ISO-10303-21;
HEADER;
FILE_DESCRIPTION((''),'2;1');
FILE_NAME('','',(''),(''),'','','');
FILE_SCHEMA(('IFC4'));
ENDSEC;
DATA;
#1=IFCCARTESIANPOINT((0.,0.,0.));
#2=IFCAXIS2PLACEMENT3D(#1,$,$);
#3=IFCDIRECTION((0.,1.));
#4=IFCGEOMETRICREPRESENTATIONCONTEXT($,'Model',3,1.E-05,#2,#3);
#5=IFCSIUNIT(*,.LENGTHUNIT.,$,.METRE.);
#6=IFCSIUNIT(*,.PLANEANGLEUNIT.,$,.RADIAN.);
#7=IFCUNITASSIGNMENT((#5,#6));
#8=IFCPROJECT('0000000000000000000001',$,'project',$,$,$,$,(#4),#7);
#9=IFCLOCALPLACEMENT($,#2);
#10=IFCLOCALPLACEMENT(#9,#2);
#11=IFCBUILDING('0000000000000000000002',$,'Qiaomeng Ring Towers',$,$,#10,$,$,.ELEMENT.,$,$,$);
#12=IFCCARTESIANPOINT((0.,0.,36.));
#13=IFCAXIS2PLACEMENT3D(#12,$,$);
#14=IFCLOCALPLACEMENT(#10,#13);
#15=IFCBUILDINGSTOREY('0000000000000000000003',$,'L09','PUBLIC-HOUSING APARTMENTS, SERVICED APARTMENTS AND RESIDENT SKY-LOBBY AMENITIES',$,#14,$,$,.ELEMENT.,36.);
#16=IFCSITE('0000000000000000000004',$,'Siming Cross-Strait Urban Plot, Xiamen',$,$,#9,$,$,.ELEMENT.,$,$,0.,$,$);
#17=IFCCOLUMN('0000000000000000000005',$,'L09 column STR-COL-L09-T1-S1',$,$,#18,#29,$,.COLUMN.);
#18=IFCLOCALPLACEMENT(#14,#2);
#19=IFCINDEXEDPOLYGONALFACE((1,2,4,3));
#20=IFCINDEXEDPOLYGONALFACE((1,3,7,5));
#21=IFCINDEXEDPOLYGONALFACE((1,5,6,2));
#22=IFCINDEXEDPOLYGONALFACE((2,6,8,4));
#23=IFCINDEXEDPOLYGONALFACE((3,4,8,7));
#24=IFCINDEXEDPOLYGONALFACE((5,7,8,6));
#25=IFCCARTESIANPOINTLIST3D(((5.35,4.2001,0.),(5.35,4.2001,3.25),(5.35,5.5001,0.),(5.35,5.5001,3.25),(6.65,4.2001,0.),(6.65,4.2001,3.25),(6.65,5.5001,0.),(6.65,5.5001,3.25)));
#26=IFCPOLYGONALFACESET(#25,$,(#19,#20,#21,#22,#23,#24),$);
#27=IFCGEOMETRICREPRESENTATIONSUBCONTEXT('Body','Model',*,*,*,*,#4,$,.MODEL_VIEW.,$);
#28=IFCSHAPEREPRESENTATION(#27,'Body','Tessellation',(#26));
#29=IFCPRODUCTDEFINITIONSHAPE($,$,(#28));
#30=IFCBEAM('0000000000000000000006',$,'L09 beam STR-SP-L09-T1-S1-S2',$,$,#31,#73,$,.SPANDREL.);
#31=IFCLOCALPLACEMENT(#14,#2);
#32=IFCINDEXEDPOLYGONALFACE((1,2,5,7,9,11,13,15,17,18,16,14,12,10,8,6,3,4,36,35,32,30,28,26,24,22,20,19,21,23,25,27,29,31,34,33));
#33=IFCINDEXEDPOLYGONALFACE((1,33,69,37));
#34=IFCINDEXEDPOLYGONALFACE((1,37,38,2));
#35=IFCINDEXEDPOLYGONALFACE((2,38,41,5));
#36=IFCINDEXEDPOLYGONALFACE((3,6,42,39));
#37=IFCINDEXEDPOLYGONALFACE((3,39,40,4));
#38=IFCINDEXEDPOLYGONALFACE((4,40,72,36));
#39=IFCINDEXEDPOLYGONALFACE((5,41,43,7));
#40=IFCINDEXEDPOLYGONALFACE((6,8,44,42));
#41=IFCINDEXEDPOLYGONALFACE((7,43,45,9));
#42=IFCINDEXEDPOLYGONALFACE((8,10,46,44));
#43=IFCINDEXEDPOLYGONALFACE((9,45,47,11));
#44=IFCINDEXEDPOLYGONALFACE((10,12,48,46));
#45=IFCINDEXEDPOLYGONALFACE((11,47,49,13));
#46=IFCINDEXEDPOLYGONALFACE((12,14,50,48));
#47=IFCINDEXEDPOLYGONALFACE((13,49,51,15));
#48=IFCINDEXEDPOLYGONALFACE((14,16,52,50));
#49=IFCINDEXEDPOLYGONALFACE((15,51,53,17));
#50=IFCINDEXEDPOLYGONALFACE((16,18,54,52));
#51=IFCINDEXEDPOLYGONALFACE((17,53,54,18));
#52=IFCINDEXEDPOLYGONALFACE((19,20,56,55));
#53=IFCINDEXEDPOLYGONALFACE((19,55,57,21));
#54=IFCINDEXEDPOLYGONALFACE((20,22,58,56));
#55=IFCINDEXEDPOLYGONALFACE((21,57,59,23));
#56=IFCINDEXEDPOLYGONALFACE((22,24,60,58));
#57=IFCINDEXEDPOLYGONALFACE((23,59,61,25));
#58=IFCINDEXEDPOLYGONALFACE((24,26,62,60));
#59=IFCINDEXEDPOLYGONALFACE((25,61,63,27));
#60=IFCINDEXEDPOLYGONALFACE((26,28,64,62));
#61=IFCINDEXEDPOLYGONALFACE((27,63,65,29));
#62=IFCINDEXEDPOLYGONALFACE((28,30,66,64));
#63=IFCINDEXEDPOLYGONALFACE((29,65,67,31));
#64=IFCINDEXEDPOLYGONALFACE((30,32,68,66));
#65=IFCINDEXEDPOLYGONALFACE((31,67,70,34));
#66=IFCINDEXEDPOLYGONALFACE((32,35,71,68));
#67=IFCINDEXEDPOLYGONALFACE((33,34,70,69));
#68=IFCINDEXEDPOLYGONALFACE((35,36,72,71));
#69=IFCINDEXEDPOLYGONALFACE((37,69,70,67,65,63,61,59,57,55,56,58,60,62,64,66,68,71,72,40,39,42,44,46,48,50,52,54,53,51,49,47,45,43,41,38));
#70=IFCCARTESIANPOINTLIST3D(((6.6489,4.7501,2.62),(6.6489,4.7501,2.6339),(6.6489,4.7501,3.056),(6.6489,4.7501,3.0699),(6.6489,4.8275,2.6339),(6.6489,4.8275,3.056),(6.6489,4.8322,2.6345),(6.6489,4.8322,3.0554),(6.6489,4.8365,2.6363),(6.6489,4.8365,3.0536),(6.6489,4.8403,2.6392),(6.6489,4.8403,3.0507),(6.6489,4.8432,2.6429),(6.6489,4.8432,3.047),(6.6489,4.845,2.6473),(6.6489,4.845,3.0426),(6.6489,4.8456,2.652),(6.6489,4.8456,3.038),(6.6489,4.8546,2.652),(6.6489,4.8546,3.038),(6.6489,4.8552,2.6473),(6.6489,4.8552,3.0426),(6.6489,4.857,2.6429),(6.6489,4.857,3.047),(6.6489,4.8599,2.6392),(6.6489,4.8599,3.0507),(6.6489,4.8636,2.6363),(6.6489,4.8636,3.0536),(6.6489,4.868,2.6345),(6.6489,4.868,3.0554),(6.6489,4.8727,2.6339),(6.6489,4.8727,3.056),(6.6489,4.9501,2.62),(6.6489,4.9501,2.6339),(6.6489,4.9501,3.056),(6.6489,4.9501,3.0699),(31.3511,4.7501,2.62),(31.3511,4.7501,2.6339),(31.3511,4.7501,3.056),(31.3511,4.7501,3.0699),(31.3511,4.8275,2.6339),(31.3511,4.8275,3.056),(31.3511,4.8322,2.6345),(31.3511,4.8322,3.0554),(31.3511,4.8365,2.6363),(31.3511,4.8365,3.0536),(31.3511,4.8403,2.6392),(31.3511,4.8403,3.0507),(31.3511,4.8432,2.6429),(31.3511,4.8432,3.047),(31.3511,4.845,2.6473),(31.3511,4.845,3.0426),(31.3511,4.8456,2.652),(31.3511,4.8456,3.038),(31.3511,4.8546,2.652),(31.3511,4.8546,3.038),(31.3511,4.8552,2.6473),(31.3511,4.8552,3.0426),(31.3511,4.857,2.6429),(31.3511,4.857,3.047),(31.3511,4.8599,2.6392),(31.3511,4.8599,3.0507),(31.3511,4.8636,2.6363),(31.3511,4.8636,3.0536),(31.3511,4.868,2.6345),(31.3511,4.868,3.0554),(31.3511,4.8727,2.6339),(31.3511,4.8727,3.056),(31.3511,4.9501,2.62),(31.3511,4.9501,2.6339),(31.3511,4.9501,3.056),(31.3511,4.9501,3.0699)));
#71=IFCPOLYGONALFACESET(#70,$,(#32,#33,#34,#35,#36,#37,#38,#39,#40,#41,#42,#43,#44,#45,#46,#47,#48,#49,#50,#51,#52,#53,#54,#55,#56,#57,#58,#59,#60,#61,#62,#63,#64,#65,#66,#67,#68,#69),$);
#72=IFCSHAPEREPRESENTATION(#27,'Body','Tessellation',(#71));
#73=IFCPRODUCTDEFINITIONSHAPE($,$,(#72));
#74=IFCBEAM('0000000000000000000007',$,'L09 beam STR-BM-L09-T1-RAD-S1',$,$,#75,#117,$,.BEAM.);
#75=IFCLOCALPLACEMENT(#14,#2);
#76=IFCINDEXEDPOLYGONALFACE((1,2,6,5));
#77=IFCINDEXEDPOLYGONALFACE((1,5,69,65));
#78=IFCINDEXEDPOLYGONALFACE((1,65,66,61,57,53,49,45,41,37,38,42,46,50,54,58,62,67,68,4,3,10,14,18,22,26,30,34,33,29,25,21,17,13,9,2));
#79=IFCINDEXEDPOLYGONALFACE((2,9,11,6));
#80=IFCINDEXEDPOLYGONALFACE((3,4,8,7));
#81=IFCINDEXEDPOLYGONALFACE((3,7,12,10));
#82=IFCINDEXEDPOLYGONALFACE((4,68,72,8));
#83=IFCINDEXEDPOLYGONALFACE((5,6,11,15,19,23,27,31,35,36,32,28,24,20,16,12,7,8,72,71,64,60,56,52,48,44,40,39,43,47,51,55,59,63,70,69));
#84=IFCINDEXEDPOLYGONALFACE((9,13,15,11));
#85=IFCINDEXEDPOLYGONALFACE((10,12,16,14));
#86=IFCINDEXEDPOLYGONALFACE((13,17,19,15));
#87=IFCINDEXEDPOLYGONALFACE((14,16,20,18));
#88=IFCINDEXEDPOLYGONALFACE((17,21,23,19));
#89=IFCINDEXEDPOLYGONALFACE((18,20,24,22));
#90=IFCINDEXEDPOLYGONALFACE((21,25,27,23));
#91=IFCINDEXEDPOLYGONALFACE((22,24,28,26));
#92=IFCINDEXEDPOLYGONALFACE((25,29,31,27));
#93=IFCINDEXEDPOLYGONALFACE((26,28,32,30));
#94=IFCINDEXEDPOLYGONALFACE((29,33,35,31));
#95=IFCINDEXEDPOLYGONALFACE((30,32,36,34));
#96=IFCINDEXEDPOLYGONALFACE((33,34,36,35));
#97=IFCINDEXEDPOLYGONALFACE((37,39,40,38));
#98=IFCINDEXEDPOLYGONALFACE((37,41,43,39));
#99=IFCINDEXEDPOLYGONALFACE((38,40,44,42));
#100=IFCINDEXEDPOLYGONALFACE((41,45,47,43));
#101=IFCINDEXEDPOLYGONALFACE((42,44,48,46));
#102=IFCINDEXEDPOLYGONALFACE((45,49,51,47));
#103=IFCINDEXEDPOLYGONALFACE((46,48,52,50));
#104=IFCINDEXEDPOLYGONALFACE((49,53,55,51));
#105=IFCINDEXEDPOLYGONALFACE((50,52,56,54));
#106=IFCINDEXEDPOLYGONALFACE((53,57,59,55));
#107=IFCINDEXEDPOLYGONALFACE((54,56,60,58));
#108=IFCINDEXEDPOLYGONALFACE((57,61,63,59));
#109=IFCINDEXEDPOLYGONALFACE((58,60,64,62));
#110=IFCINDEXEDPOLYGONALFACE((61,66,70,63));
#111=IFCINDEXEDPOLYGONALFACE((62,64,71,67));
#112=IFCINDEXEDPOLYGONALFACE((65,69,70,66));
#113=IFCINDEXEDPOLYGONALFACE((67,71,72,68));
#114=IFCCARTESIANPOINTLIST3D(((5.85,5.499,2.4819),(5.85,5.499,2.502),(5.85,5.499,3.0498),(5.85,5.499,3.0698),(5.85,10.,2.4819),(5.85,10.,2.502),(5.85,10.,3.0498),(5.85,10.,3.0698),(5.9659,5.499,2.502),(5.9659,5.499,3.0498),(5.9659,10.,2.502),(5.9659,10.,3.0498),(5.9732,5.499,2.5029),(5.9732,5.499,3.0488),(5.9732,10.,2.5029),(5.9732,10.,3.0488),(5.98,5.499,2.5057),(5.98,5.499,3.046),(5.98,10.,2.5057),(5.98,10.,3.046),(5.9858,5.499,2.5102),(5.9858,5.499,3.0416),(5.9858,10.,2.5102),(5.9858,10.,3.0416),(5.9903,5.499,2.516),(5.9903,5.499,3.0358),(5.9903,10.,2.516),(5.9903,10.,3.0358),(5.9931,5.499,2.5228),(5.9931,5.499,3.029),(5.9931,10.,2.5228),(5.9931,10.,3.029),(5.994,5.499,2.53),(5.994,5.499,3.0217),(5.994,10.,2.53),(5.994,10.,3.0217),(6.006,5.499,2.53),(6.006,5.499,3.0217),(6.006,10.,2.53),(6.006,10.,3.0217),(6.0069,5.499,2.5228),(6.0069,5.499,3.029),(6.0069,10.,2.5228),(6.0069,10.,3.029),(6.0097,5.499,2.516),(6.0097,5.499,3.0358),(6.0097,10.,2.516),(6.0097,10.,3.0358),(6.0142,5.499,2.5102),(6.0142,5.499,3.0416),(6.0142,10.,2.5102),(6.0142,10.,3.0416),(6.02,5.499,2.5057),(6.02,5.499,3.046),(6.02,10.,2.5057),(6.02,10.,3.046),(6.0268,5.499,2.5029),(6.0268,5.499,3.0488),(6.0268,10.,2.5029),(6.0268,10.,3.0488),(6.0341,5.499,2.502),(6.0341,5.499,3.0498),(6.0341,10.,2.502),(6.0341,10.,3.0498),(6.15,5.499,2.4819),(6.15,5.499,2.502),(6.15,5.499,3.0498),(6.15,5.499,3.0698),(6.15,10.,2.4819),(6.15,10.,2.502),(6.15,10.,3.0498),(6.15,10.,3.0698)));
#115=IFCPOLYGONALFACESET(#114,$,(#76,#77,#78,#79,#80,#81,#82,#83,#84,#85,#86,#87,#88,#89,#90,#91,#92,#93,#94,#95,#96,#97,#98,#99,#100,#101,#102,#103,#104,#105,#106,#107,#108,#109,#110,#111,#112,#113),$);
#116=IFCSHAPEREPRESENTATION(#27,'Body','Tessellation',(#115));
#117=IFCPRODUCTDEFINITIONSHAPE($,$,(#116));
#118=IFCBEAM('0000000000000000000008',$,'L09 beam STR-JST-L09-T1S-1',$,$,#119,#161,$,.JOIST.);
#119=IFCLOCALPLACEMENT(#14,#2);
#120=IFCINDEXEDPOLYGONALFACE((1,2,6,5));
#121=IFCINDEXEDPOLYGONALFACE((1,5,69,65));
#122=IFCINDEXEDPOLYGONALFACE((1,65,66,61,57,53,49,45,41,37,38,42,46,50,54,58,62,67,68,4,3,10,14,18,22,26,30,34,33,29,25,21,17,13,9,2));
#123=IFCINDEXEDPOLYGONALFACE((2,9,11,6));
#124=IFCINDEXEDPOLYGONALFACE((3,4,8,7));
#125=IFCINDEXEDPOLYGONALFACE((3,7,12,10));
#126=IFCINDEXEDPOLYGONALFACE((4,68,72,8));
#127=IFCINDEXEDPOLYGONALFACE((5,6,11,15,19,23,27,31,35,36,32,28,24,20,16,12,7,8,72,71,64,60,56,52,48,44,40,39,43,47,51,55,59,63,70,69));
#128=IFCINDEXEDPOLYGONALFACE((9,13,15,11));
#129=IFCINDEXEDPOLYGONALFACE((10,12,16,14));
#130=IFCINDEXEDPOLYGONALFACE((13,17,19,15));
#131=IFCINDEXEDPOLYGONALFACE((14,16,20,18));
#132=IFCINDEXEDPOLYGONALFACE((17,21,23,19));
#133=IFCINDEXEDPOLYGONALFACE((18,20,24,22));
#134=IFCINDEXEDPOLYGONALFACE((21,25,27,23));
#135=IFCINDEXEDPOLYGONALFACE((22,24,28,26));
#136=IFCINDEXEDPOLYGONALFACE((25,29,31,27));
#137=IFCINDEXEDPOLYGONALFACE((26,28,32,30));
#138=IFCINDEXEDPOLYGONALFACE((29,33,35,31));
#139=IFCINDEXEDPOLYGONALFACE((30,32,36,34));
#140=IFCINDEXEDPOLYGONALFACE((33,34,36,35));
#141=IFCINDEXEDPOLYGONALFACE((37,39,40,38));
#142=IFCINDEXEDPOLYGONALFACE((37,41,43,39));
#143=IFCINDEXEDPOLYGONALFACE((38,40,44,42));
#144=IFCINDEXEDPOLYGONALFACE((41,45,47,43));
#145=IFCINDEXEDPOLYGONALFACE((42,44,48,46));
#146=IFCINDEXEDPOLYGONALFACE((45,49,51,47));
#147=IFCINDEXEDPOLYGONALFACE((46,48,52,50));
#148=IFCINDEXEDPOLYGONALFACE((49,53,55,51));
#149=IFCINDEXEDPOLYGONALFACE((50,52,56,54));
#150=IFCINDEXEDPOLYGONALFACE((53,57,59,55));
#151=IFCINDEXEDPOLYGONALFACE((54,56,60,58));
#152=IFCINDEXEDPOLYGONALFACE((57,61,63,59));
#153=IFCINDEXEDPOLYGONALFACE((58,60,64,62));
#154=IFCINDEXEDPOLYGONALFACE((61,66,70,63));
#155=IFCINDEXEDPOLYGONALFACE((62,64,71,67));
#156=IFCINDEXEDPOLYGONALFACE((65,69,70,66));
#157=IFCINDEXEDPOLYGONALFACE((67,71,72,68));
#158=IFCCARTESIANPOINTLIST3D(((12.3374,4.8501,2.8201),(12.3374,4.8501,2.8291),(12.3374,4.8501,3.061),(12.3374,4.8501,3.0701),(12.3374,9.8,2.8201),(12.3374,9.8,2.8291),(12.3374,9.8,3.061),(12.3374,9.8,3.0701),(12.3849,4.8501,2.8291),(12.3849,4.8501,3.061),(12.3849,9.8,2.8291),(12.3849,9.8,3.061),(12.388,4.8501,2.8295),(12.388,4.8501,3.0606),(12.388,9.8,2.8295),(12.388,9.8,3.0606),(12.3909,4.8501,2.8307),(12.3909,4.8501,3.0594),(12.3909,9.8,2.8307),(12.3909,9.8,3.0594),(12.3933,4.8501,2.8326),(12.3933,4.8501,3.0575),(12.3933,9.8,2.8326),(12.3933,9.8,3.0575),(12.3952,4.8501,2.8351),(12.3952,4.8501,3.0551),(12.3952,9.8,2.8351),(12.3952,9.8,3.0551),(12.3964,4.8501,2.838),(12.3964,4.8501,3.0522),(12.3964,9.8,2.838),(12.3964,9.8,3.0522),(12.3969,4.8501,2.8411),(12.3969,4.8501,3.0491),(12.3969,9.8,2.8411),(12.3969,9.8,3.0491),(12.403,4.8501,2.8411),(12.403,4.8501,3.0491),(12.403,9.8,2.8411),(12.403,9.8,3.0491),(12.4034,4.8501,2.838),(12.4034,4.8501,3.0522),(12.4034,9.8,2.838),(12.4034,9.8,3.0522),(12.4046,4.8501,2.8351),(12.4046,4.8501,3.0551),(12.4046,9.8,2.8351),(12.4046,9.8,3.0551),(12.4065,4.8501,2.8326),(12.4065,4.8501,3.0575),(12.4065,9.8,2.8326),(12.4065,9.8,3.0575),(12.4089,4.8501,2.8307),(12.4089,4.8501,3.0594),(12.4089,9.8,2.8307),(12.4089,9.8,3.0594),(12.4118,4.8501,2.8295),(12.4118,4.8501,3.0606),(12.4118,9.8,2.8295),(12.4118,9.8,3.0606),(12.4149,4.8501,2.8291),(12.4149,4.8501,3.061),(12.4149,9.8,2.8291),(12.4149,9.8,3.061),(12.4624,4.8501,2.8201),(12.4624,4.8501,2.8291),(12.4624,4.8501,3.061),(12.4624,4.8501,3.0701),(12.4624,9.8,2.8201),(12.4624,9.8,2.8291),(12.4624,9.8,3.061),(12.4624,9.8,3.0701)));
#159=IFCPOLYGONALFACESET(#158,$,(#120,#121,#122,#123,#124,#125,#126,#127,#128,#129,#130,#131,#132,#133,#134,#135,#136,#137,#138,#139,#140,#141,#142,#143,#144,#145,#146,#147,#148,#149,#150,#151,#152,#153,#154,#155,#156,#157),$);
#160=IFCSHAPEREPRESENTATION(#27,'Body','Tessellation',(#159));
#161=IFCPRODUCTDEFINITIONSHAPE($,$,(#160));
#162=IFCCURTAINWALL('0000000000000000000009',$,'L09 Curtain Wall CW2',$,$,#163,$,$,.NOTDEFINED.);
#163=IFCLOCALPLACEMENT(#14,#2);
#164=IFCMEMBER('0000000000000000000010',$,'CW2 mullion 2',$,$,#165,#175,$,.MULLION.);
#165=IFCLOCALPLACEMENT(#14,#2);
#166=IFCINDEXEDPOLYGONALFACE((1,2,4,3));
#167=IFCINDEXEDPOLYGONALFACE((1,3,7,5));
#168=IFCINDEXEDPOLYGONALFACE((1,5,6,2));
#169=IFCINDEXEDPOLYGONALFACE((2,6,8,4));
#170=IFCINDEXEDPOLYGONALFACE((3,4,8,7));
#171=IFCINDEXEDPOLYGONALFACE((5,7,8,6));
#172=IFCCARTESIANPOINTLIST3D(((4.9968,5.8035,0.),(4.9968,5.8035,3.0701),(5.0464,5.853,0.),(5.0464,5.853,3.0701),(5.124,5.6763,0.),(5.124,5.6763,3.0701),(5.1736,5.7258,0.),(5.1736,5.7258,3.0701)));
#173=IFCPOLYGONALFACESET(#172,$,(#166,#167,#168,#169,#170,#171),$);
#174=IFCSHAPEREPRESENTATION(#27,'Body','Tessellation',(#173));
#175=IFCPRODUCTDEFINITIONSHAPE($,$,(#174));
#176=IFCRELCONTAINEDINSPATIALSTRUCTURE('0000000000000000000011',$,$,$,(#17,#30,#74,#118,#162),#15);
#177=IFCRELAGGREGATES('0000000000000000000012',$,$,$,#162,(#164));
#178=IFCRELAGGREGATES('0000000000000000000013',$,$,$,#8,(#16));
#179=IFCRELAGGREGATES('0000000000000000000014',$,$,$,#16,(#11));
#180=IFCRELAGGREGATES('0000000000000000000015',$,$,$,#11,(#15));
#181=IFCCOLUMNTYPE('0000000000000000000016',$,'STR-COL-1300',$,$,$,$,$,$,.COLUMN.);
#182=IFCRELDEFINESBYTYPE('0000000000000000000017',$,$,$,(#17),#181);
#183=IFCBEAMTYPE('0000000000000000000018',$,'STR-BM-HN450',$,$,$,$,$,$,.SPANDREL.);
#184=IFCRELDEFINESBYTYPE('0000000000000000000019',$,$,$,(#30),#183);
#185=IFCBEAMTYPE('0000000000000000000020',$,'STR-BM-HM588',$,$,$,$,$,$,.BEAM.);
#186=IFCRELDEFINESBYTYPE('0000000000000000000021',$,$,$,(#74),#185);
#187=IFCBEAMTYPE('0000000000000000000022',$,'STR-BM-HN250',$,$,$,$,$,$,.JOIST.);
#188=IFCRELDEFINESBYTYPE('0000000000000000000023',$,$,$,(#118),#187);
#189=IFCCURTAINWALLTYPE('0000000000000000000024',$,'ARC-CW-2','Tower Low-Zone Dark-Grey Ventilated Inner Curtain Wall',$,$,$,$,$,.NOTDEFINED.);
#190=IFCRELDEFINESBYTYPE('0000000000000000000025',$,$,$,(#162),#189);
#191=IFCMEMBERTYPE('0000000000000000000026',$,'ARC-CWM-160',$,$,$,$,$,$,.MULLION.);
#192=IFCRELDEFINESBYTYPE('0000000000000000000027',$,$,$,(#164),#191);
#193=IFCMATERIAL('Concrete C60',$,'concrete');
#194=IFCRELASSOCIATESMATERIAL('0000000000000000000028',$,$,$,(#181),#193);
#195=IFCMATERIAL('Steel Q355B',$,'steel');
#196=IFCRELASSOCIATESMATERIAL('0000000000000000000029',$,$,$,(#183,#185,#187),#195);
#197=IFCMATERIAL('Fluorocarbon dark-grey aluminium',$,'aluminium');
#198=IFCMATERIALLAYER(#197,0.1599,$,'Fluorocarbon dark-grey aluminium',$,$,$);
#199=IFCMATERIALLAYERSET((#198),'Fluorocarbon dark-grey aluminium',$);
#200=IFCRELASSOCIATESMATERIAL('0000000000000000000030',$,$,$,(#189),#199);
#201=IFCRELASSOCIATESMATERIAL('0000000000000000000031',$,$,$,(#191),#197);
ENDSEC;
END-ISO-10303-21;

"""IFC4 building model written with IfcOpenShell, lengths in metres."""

from ifc_helpers import new_model, si_unit, direction, frame, origin, origin_2d, place, context, subcontext, project, spatial, rectangle, i_section, extrude, source, transform, mapped, material, layer, layer_set, material_profile, profile_set, type_object, element, aggregate, save


model = new_model("IFC4")

# Units and contexts
model_context = context("Model", 3, precision=1e-05, world=origin(), true_north=direction((0.0, 1.0)))
body_context = subcontext(model_context, "Body", "Model", "MODEL_VIEW")
ifc_project = project(units=[si_unit("LENGTHUNIT", "METRE"), si_unit("PLANEANGLEUNIT", "RADIAN")], contexts=[model_context])

# Site, building, storey
site_placement = place(None, origin())
site = spatial("IfcSite", under=ifc_project, at=site_placement, Name="Siming Cross-Strait Urban Plot, Xiamen", CompositionType="ELEMENT", RefElevation=0.0)
building_placement = place(site_placement, origin())
building = spatial("IfcBuilding", under=site, at=building_placement, Name="Qiaomeng Ring Towers", CompositionType="ELEMENT")
storey_placement = place(building_placement, frame((0.0, 0.0, 36.0)))
storey = spatial("IfcBuildingStorey", under=building, at=storey_placement, Name="L09", Description="PUBLIC-HOUSING APARTMENTS, SERVICED APARTMENTS AND RESIDENT SKY-LOBBY AMENITIES", CompositionType="ELEMENT", Elevation=36.0)

# Column
ifc_material_1 = material(Name="Concrete C60", Category="concrete")
ifc_material_profile_1 = material_profile(ifc_material_1, rectangle(XDim=1.3, YDim=1.3, at=origin_2d()), Name="RC COL 1300x1300")
ifc_profile_set_1 = profile_set([ifc_material_profile_1], Name="Concrete C60")
column_type = type_object("IfcColumnType", Name="STR-COL-1300", PredefinedType="COLUMN", material=ifc_profile_set_1)
shared_shape_1 = source(origin(), body_context, "Body", "SweptSolid", [
    extrude(rectangle(XDim=1.3, YDim=1.3, at=origin_2d()), origin(), (0.0, 0.0, 1.0), 3.25),
])
column_placement = place(storey_placement, frame((6.0, 4.8501, 0.0), z_axis=(0.0, 0.0, 1.0), x_axis=(1.0, 0.0, 0.0)))
element("IfcColumn", 1, at=column_placement, inside=storey, type_object=column_type, Name="L09 column STR-COL-L09-T1-S1", PredefinedType="COLUMN", context=body_context, shape_type="MappedRepresentation", body=[
    mapped(shared_shape_1, transform((0.0, 0.0, 0.0), x_axis=(1.0, 0.0, 0.0), y_axis=(0.0, 1.0, 0.0), z_axis=(0.0, 0.0, 1.0), scale=1.0)),
])

# Beams
ifc_material_2 = material(Name="Steel Q355B", Category="steel")
ifc_material_profile_2 = material_profile(ifc_material_2, i_section(OverallWidth=0.2, OverallDepth=0.45, WebThickness=0.009, FlangeThickness=0.0139, FilletRadius=0.0181, at=origin_2d()), Name="HN 450x200x9x14")
ifc_profile_set_2 = profile_set([ifc_material_profile_2], Name="Steel Q355B")
beam_type_1 = type_object("IfcBeamType", Name="STR-BM-HN450", PredefinedType="SPANDREL", material=ifc_profile_set_2)
shared_shape_2 = source(origin(), body_context, "Body", "SweptSolid", [
    extrude(i_section(OverallWidth=0.2, OverallDepth=0.45, WebThickness=0.009, FlangeThickness=0.0139, FilletRadius=0.0181, at=origin_2d()), origin(), (0.0, 0.0, 1.0), 24.7021),
])
beam_1_placement = place(storey_placement, frame((6.6489, 4.8501, 2.845), z_axis=(1.0, 0.0, 0.0), x_axis=(0.0, 1.0, 0.0)))
element("IfcBeam", 2, at=beam_1_placement, inside=storey, type_object=beam_type_1, Name="L09 beam STR-SP-L09-T1-S1-S2", PredefinedType="SPANDREL", context=body_context, shape_type="MappedRepresentation", body=[
    mapped(shared_shape_2, transform((0.0, 0.0, 0.0), x_axis=(1.0, 0.0, 0.0), y_axis=(0.0, 1.0, 0.0), z_axis=(0.0, 0.0, 1.0), scale=1.0)),
])
ifc_material_profile_3 = material_profile(ifc_material_2, i_section(OverallWidth=0.3, OverallDepth=0.5879, WebThickness=0.012, FlangeThickness=0.02, FilletRadius=0.0281, at=origin_2d()), Name="HM 588x300x12x20")
ifc_profile_set_3 = profile_set([ifc_material_profile_3], Name="Steel Q355B")
beam_type_2 = type_object("IfcBeamType", Name="STR-BM-HM588", PredefinedType="BEAM", material=ifc_profile_set_3)
shared_shape_3 = source(origin(), body_context, "Body", "SweptSolid", [
    extrude(i_section(OverallWidth=0.3, OverallDepth=0.5879, WebThickness=0.012, FlangeThickness=0.02, FilletRadius=0.0281, at=origin_2d()), origin(), (0.0, 0.0, 1.0), 4.501),
])
beam_2_placement = place(storey_placement, frame((6.0, 5.499, 2.7759), z_axis=(0.0, 1.0, 0.0), x_axis=(-1.0, 0.0, 0.0)))
element("IfcBeam", 3, at=beam_2_placement, inside=storey, type_object=beam_type_2, Name="L09 beam STR-BM-L09-T1-RAD-S1", PredefinedType="BEAM", context=body_context, shape_type="MappedRepresentation", body=[
    mapped(shared_shape_3, transform((0.0, 0.0, 0.0), x_axis=(1.0, 0.0, 0.0), y_axis=(0.0, 1.0, 0.0), z_axis=(0.0, 0.0, 1.0), scale=1.0)),
])
ifc_material_profile_4 = material_profile(ifc_material_2, i_section(OverallWidth=0.125, OverallDepth=0.25, WebThickness=0.0061, FlangeThickness=0.009, FilletRadius=0.012, at=origin_2d()), Name="HN 250x125x6x9")
ifc_profile_set_4 = profile_set([ifc_material_profile_4], Name="Steel Q355B")
beam_type_3 = type_object("IfcBeamType", Name="STR-BM-HN250", PredefinedType="JOIST", material=ifc_profile_set_4)
shared_shape_4 = source(origin(), body_context, "Body", "SweptSolid", [
    extrude(i_section(OverallWidth=0.125, OverallDepth=0.25, WebThickness=0.0061, FlangeThickness=0.009, FilletRadius=0.012, at=origin_2d()), origin(), (0.0, 0.0, 1.0), 4.95),
])
beam_3_placement = place(storey_placement, frame((12.3999, 4.8501, 2.9451), z_axis=(0.0, 1.0, 0.0), x_axis=(-1.0, 0.0, 0.0)))
element("IfcBeam", 4, at=beam_3_placement, inside=storey, type_object=beam_type_3, Name="L09 beam STR-JST-L09-T1S-1", PredefinedType="JOIST", context=body_context, shape_type="MappedRepresentation", body=[
    mapped(shared_shape_4, transform((0.0, 0.0, 0.0), x_axis=(1.0, 0.0, 0.0), y_axis=(0.0, 1.0, 0.0), z_axis=(0.0, 0.0, 1.0), scale=1.0)),
])

# Curtain wall, member
ifc_material_3 = material(Name="Fluorocarbon dark-grey aluminium", Category="aluminium")
ifc_layer_1 = layer(ifc_material_3, 0.1599, Name="Fluorocarbon dark-grey aluminium")
ifc_layer_set_1 = layer_set([ifc_layer_1], Name="Fluorocarbon dark-grey aluminium")
curtain_wall_type = type_object("IfcCurtainWallType", Name="ARC-CW-2", Description="Tower Low-Zone Dark-Grey Ventilated Inner Curtain Wall", PredefinedType="NOTDEFINED", material=ifc_layer_set_1)
curtain_wall_placement = place(storey_placement, origin())
curtain_wall = element("IfcCurtainWall", 5, at=curtain_wall_placement, inside=storey, type_object=curtain_wall_type, Name="L09 Curtain Wall CW2", PredefinedType="NOTDEFINED")
ifc_material_profile_5 = material_profile(ifc_material_3, rectangle(XDim=0.0701, YDim=0.1799, at=origin_2d()), Name="ALU MULL 70x180")
ifc_profile_set_5 = profile_set([ifc_material_profile_5], Name="Fluorocarbon dark-grey aluminium")
member_type_1 = type_object("IfcMemberType", Name="ARC-CWM-160", PredefinedType="MULLION", material=ifc_profile_set_5)
shared_shape_5 = source(origin(), body_context, "Body", "SweptSolid", [
    extrude(rectangle(XDim=0.0701, YDim=0.1799, at=origin_2d()), origin(), (0.0, 0.0, 1.0), 3.0701),
])
member_1_placement = place(storey_placement, frame((5.0852, 5.7646, 0.0), z_axis=(0.0, 0.0, 1.0), x_axis=(0.707107, 0.707107, 0.0)))
member_1 = element("IfcMember", 6, at=member_1_placement, type_object=member_type_1, Name="CW2 mullion 2", PredefinedType="MULLION", context=body_context, shape_type="MappedRepresentation", body=[
    mapped(shared_shape_5, transform((0.0, 0.0, 0.0), x_axis=(1.0, 0.0, 0.0), y_axis=(0.0, 1.0, 0.0), z_axis=(0.0, 0.0, 1.0), scale=1.0)),
])
aggregate(curtain_wall, [member_1])

save(model, "model.ifc")
